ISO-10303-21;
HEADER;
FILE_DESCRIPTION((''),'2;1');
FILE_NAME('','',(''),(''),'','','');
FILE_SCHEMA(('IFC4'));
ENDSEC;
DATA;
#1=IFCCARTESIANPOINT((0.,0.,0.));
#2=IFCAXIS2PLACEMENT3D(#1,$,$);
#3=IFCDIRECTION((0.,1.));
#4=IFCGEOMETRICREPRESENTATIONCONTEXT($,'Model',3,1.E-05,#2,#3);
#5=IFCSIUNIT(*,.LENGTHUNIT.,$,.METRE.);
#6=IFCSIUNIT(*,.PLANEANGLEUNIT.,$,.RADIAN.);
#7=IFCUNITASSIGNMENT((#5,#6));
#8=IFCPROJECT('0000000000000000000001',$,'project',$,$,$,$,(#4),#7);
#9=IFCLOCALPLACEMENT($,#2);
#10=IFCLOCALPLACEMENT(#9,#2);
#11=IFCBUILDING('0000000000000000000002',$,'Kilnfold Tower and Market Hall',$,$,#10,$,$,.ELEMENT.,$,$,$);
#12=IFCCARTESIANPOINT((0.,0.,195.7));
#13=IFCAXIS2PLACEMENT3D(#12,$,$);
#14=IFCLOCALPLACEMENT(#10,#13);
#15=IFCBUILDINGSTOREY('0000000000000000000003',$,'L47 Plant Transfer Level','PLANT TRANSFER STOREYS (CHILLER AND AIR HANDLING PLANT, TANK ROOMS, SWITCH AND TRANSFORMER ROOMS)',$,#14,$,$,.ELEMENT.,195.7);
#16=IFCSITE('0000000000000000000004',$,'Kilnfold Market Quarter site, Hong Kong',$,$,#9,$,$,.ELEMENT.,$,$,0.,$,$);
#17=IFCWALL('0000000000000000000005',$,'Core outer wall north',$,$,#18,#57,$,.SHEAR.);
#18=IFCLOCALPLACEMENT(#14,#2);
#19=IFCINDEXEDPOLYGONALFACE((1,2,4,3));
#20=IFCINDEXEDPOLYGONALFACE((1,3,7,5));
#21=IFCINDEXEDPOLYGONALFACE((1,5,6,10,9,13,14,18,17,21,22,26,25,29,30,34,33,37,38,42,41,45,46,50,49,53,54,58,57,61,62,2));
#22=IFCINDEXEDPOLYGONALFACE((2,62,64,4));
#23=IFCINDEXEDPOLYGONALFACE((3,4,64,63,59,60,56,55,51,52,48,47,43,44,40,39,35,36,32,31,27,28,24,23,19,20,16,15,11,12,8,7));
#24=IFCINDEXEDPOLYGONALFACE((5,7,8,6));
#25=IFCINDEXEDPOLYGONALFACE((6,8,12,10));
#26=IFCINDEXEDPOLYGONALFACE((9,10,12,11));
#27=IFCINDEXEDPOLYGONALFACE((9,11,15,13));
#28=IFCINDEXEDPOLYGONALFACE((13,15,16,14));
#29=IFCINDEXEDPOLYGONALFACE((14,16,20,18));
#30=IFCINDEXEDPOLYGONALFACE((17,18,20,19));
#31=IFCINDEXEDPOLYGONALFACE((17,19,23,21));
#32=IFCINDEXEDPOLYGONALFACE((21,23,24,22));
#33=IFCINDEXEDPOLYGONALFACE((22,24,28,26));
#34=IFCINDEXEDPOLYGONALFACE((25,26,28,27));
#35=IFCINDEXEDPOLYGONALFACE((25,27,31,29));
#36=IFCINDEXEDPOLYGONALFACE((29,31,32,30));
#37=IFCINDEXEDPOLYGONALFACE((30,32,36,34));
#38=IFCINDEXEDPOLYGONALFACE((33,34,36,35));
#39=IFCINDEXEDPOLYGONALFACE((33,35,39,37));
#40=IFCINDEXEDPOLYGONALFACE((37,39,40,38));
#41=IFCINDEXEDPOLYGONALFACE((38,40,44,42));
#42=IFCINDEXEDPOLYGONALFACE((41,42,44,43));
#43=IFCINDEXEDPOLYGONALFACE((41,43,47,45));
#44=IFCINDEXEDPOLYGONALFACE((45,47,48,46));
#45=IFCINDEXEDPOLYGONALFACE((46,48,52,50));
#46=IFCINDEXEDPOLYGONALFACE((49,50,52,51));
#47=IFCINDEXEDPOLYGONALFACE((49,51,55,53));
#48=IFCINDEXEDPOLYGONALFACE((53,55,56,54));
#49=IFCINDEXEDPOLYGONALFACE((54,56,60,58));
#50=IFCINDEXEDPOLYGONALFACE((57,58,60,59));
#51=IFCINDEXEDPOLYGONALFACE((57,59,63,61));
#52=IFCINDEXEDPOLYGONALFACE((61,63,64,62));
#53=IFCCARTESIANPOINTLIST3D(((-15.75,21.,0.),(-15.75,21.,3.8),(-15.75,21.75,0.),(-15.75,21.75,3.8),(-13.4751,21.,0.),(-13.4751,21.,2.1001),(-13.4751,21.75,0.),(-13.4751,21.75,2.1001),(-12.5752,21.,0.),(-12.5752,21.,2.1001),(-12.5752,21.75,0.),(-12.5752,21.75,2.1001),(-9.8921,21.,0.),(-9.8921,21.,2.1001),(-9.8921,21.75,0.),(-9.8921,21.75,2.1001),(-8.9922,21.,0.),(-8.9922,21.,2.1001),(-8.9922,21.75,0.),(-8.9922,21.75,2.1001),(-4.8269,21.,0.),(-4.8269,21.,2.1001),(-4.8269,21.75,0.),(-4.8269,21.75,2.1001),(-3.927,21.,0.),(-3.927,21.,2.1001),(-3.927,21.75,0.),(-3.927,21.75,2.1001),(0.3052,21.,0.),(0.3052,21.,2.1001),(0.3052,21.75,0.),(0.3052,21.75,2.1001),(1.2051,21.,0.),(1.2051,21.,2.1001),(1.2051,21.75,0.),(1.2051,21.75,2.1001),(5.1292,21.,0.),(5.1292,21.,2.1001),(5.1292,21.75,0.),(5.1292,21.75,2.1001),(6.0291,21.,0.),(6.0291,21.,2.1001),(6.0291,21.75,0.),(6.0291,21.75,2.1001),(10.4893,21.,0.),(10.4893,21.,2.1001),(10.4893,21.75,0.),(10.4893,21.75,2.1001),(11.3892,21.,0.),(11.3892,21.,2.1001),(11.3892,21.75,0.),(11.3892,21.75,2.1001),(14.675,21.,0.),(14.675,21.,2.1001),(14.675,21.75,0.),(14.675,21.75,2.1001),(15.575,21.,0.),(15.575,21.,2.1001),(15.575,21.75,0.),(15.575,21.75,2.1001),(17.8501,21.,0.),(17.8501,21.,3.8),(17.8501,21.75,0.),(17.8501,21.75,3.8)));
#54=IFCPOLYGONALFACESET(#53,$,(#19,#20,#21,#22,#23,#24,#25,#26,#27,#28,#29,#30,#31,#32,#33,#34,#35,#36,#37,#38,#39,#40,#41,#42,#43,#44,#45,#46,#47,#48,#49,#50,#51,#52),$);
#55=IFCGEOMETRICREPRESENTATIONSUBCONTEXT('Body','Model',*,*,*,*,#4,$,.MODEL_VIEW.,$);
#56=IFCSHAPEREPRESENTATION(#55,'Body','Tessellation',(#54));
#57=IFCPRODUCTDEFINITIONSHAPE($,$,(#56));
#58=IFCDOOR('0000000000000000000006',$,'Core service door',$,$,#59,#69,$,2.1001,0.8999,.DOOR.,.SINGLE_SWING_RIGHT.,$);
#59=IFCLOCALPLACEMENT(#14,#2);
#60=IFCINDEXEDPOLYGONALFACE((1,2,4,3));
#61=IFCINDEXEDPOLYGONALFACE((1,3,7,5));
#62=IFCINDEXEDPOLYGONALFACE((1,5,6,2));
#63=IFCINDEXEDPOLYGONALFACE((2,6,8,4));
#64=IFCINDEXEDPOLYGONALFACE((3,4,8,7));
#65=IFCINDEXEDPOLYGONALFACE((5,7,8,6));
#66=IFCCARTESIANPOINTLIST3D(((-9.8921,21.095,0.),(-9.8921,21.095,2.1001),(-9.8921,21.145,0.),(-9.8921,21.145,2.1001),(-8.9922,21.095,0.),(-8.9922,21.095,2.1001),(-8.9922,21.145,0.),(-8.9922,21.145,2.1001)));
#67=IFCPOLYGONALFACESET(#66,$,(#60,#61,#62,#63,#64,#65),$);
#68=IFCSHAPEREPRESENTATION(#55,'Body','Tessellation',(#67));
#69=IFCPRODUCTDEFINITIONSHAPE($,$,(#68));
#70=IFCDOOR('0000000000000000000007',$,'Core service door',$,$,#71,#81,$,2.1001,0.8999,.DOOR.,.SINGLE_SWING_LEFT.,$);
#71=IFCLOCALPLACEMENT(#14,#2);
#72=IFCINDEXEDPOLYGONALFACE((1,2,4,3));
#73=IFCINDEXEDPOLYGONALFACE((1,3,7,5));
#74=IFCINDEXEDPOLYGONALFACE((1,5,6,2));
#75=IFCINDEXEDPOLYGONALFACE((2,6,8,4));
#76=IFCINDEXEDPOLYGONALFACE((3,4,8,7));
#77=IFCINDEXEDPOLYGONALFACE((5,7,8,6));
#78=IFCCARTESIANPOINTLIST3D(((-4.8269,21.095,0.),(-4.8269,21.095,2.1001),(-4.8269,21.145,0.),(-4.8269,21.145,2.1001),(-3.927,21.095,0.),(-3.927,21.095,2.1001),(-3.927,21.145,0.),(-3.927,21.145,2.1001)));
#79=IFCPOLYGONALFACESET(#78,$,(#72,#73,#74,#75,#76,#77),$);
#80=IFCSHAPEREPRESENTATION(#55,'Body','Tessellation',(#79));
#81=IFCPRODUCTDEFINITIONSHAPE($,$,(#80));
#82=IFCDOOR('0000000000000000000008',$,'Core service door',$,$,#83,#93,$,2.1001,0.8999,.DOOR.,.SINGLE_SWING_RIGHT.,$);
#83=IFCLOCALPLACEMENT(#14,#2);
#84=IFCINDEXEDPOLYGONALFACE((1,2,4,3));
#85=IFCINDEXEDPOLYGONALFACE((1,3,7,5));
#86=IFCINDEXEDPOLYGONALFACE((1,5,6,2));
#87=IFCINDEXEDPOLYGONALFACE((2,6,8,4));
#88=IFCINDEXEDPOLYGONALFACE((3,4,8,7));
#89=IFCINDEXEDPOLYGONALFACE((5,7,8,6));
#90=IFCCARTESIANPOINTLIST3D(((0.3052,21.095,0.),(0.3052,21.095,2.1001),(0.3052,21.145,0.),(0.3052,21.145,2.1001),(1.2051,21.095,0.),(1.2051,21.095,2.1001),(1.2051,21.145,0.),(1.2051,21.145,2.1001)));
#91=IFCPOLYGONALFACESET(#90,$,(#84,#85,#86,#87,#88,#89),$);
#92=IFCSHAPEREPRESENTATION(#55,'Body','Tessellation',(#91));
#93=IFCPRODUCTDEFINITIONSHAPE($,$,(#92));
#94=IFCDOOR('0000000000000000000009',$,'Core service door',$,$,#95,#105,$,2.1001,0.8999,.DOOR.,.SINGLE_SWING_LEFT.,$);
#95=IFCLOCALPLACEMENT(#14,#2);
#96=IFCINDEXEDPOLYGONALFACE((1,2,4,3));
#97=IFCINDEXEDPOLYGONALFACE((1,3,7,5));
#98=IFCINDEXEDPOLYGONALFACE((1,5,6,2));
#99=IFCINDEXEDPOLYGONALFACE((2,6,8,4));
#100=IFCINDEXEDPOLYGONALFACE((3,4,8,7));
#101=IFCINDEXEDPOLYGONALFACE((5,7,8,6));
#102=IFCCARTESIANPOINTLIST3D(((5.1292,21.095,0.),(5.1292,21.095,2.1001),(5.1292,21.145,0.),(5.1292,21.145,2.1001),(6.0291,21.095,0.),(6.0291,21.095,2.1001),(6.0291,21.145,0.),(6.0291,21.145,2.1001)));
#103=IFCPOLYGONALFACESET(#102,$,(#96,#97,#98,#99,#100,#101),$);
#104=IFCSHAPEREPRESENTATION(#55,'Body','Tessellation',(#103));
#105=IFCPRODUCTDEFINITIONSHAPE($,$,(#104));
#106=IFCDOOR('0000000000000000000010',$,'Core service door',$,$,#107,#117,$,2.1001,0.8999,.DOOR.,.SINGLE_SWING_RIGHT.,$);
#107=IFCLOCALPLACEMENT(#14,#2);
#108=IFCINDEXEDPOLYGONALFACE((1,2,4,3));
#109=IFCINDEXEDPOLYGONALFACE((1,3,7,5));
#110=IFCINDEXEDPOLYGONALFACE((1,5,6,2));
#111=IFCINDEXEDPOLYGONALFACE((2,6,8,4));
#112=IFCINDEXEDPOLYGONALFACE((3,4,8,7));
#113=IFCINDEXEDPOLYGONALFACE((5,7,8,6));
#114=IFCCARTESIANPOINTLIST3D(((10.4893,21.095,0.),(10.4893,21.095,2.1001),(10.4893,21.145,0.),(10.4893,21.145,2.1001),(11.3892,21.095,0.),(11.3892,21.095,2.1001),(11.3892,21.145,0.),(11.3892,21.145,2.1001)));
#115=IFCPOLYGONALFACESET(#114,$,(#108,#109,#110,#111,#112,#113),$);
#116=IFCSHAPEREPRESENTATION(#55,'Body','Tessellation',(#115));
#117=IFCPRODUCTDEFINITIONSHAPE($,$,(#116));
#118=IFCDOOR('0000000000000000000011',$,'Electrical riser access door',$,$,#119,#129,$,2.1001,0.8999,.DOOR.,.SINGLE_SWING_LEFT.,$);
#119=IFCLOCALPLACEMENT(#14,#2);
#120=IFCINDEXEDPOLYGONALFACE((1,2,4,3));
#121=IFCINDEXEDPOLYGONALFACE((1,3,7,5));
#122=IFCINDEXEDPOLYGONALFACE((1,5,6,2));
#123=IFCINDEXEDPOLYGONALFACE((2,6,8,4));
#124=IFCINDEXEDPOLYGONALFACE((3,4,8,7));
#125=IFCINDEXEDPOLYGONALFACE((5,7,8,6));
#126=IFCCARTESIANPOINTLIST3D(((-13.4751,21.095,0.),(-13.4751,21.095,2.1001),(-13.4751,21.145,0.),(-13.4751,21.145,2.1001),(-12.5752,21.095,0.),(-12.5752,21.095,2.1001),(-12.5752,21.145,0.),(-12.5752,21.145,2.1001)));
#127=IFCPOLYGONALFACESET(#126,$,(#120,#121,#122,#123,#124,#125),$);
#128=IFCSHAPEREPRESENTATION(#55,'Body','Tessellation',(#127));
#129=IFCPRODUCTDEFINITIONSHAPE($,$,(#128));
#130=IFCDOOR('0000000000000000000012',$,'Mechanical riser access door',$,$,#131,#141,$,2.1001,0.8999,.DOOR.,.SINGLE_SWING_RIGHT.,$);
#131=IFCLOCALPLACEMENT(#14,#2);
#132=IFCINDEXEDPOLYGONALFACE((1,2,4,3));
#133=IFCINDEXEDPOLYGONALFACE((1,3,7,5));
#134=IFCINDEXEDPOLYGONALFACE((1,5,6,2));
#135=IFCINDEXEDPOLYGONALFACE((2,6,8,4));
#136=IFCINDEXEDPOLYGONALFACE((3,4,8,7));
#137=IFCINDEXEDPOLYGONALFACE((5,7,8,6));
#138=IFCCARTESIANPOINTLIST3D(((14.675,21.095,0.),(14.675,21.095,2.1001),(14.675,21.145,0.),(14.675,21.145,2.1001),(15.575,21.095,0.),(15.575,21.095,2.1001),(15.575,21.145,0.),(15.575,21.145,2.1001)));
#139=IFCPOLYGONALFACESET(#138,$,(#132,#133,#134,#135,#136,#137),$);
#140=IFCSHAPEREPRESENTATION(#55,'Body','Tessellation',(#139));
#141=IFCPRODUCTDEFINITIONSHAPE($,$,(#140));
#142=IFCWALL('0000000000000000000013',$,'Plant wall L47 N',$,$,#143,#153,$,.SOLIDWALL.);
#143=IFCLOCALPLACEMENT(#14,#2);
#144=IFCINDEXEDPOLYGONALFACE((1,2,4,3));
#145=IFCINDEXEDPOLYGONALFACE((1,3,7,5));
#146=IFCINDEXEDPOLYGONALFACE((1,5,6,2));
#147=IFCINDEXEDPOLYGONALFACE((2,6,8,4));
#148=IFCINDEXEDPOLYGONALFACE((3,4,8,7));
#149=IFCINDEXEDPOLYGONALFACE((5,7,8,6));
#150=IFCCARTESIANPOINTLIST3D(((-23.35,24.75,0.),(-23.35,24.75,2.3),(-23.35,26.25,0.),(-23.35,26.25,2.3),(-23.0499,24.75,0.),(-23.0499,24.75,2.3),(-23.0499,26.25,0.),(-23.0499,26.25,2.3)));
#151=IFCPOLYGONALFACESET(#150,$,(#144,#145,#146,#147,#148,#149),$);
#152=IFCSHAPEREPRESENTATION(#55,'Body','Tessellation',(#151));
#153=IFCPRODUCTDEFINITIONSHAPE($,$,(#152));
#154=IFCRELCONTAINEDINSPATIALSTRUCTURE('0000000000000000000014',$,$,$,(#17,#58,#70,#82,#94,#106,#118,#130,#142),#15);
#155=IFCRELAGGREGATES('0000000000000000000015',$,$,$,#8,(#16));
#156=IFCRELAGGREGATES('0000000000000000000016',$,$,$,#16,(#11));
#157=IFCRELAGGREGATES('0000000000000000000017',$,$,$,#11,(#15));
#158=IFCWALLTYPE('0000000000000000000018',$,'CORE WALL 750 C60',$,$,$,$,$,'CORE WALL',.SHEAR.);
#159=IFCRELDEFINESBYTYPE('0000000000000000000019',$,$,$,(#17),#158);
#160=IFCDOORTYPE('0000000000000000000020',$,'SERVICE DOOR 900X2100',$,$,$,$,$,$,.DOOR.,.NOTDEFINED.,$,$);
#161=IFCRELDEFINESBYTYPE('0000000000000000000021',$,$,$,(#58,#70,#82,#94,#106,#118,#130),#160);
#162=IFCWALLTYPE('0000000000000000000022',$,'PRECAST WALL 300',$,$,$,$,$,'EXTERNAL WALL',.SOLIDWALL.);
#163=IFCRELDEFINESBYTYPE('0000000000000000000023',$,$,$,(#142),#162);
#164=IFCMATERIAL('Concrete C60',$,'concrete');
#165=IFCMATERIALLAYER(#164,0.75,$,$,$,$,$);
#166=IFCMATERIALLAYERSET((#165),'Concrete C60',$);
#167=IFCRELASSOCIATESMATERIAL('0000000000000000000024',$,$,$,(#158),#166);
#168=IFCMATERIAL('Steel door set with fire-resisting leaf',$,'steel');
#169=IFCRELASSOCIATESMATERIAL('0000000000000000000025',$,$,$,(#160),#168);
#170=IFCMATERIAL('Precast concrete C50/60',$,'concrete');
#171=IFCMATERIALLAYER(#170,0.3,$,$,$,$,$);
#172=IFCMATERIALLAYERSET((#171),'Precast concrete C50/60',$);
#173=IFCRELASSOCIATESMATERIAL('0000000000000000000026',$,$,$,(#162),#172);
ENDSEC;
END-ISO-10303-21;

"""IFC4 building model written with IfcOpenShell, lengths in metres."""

from ifc_helpers import new_model, si_unit, direction, frame, frame_2d, origin, place, context, subcontext, project, spatial, rectangle, extrude, source, transform, mapped, material, layer, layer_set, type_object, element, fill, save


model = new_model("IFC4")

# Units and contexts
model_context = context("Model", 3, precision=1e-05, world=origin(), true_north=direction((0.0, 1.0)))
body_context = subcontext(model_context, "Body", "Model", "MODEL_VIEW")
ifc_project = project(units=[si_unit("LENGTHUNIT", "METRE"), si_unit("PLANEANGLEUNIT", "RADIAN")], contexts=[model_context])

# Site, building, storey
site_placement = place(None, origin())
site = spatial("IfcSite", under=ifc_project, at=site_placement, Name="Kilnfold Market Quarter site, Hong Kong", CompositionType="ELEMENT", RefElevation=0.0)
building_placement = place(site_placement, origin())
building = spatial("IfcBuilding", under=site, at=building_placement, Name="Kilnfold Tower and Market Hall", CompositionType="ELEMENT")
storey_placement = place(building_placement, frame((0.0, 0.0, 195.7)))
storey = spatial("IfcBuildingStorey", under=building, at=storey_placement, Name="L47 Plant Transfer Level", Description="PLANT TRANSFER STOREYS (CHILLER AND AIR HANDLING PLANT, TANK ROOMS, SWITCH AND TRANSFORMER ROOMS)", CompositionType="ELEMENT", Elevation=195.7)

# Wall, openings, doors
ifc_material_1 = material(Name="Concrete C60", Category="concrete")
ifc_layer_1 = layer(ifc_material_1, 0.75)
ifc_layer_set_1 = layer_set([ifc_layer_1], Name="Concrete C60")
wall_type_1 = type_object("IfcWallType", Name="CORE WALL 750 C60", ElementType="CORE WALL", PredefinedType="SHEAR", material=ifc_layer_set_1)
shared_shape_1 = source(origin(), body_context, "Body", "SweptSolid", [
    extrude(rectangle(XDim=33.6001, YDim=0.75, at=frame_2d((16.8, 0.0))), origin(), (0.0, 0.0, 1.0), 3.8),
])
wall_1_placement = place(storey_placement, frame((-15.75, 21.375, 0.0), z_axis=(0.0, 0.0, 1.0), x_axis=(1.0, 0.0, 0.0)))
wall_1 = element("IfcWall", 1, at=wall_1_placement, inside=storey, type_object=wall_type_1, Name="Core outer wall north", PredefinedType="SHEAR", context=body_context, shape_type="MappedRepresentation", body=[
    mapped(shared_shape_1, transform((0.0, 0.0, 0.0))),
])
opening_1_placement = place(wall_1_placement, frame((5.8579, 0.0, 0.0)))
opening_1 = element("IfcOpeningElement", 2, at=opening_1_placement, cuts=wall_1, PredefinedType="OPENING", context=body_context, shape_type="SweptSolid", body=[
    extrude(rectangle(XDim=0.8999, YDim=2.1001, at=frame_2d((0.45, 1.05))), frame((0.0, 0.385, 0.0), z_axis=(0.0, -1.0, 0.0), x_axis=(1.0, 0.0, 0.0)), (0.0, 0.0, 1.0), 0.77),
])
opening_2_placement = place(wall_1_placement, frame((10.9231, 0.0, 0.0)))
opening_2 = element("IfcOpeningElement", 3, at=opening_2_placement, cuts=wall_1, PredefinedType="OPENING", context=body_context, shape_type="SweptSolid", body=[
    extrude(rectangle(XDim=0.8999, YDim=2.1001, at=frame_2d((0.45, 1.05))), frame((0.0, 0.385, 0.0), z_axis=(0.0, -1.0, 0.0), x_axis=(1.0, 0.0, 0.0)), (0.0, 0.0, 1.0), 0.77),
])
opening_3_placement = place(wall_1_placement, frame((16.0552, 0.0, 0.0)))
opening_3 = element("IfcOpeningElement", 4, at=opening_3_placement, cuts=wall_1, PredefinedType="OPENING", context=body_context, shape_type="SweptSolid", body=[
    extrude(rectangle(XDim=0.8999, YDim=2.1001, at=frame_2d((0.45, 1.05))), frame((0.0, 0.385, 0.0), z_axis=(0.0, -1.0, 0.0), x_axis=(1.0, 0.0, 0.0)), (0.0, 0.0, 1.0), 0.77),
])
opening_4_placement = place(wall_1_placement, frame((20.8792, 0.0, 0.0)))
opening_4 = element("IfcOpeningElement", 5, at=opening_4_placement, cuts=wall_1, PredefinedType="OPENING", context=body_context, shape_type="SweptSolid", body=[
    extrude(rectangle(XDim=0.8999, YDim=2.1001, at=frame_2d((0.45, 1.05))), frame((0.0, 0.385, 0.0), z_axis=(0.0, -1.0, 0.0), x_axis=(1.0, 0.0, 0.0)), (0.0, 0.0, 1.0), 0.77),
])
opening_5_placement = place(wall_1_placement, frame((26.2393, 0.0, 0.0)))
opening_5 = element("IfcOpeningElement", 6, at=opening_5_placement, cuts=wall_1, PredefinedType="OPENING", context=body_context, shape_type="SweptSolid", body=[
    extrude(rectangle(XDim=0.8999, YDim=2.1001, at=frame_2d((0.45, 1.05))), frame((0.0, 0.385, 0.0), z_axis=(0.0, -1.0, 0.0), x_axis=(1.0, 0.0, 0.0)), (0.0, 0.0, 1.0), 0.77),
])
opening_6_placement = place(wall_1_placement, frame((2.2749, 0.0, 0.0)))
opening_6 = element("IfcOpeningElement", 7, at=opening_6_placement, cuts=wall_1, PredefinedType="OPENING", context=body_context, shape_type="SweptSolid", body=[
    extrude(rectangle(XDim=0.8999, YDim=2.1001, at=frame_2d((0.45, 1.05))), frame((0.0, 0.385, 0.0), z_axis=(0.0, -1.0, 0.0), x_axis=(1.0, 0.0, 0.0)), (0.0, 0.0, 1.0), 0.77),
])
opening_7_placement = place(wall_1_placement, frame((30.425, 0.0, 0.0)))
opening_7 = element("IfcOpeningElement", 8, at=opening_7_placement, cuts=wall_1, PredefinedType="OPENING", context=body_context, shape_type="SweptSolid", body=[
    extrude(rectangle(XDim=0.8999, YDim=2.1001, at=frame_2d((0.45, 1.05))), frame((0.0, 0.385, 0.0), z_axis=(0.0, -1.0, 0.0), x_axis=(1.0, 0.0, 0.0)), (0.0, 0.0, 1.0), 0.77),
])
ifc_material_2 = material(Name="Steel door set with fire-resisting leaf", Category="steel")
door_type_1 = type_object("IfcDoorType", Name="SERVICE DOOR 900X2100", OperationType="NOTDEFINED", PredefinedType="DOOR", material=ifc_material_2)
door_1_placement = place(opening_1_placement, origin())
door_1 = element("IfcDoor", 9, at=door_1_placement, inside=storey, type_object=door_type_1, Name="Core service door", OperationType="SINGLE_SWING_RIGHT", OverallHeight=2.1001, OverallWidth=0.8999, PredefinedType="DOOR", context=body_context, shape_type="SweptSolid", body=[
    extrude(rectangle(XDim=0.8999, YDim=2.1001, at=frame_2d((0.45, 1.05))), frame((0.0, -0.23, 0.0), z_axis=(0.0, -1.0, 0.0), x_axis=(1.0, 0.0, 0.0)), (0.0, 0.0, 1.0), 0.05),
])
fill(opening_1, door_1)
door_2_placement = place(opening_2_placement, origin())
door_2 = element("IfcDoor", 10, at=door_2_placement, inside=storey, type_object=door_type_1, Name="Core service door", OperationType="SINGLE_SWING_LEFT", OverallHeight=2.1001, OverallWidth=0.8999, PredefinedType="DOOR", context=body_context, shape_type="SweptSolid", body=[
    extrude(rectangle(XDim=0.8999, YDim=2.1001, at=frame_2d((0.45, 1.05))), frame((0.0, -0.23, 0.0), z_axis=(0.0, -1.0, 0.0), x_axis=(1.0, 0.0, 0.0)), (0.0, 0.0, 1.0), 0.05),
])
fill(opening_2, door_2)
door_3_placement = place(opening_3_placement, origin())
door_3 = element("IfcDoor", 11, at=door_3_placement, inside=storey, type_object=door_type_1, Name="Core service door", OperationType="SINGLE_SWING_RIGHT", OverallHeight=2.1001, OverallWidth=0.8999, PredefinedType="DOOR", context=body_context, shape_type="SweptSolid", body=[
    extrude(rectangle(XDim=0.8999, YDim=2.1001, at=frame_2d((0.45, 1.05))), frame((0.0, -0.23, 0.0), z_axis=(0.0, -1.0, 0.0), x_axis=(1.0, 0.0, 0.0)), (0.0, 0.0, 1.0), 0.05),
])
fill(opening_3, door_3)
door_4_placement = place(opening_4_placement, origin())
door_4 = element("IfcDoor", 12, at=door_4_placement, inside=storey, type_object=door_type_1, Name="Core service door", OperationType="SINGLE_SWING_LEFT", OverallHeight=2.1001, OverallWidth=0.8999, PredefinedType="DOOR", context=body_context, shape_type="SweptSolid", body=[
    extrude(rectangle(XDim=0.8999, YDim=2.1001, at=frame_2d((0.45, 1.05))), frame((0.0, -0.23, 0.0), z_axis=(0.0, -1.0, 0.0), x_axis=(1.0, 0.0, 0.0)), (0.0, 0.0, 1.0), 0.05),
])
fill(opening_4, door_4)
door_5_placement = place(opening_5_placement, origin())
door_5 = element("IfcDoor", 13, at=door_5_placement, inside=storey, type_object=door_type_1, Name="Core service door", OperationType="SINGLE_SWING_RIGHT", OverallHeight=2.1001, OverallWidth=0.8999, PredefinedType="DOOR", context=body_context, shape_type="SweptSolid", body=[
    extrude(rectangle(XDim=0.8999, YDim=2.1001, at=frame_2d((0.45, 1.05))), frame((0.0, -0.23, 0.0), z_axis=(0.0, -1.0, 0.0), x_axis=(1.0, 0.0, 0.0)), (0.0, 0.0, 1.0), 0.05),
])
fill(opening_5, door_5)
door_6_placement = place(opening_6_placement, origin())
door_6 = element("IfcDoor", 14, at=door_6_placement, inside=storey, type_object=door_type_1, Name="Electrical riser access door", OperationType="SINGLE_SWING_LEFT", OverallHeight=2.1001, OverallWidth=0.8999, PredefinedType="DOOR", context=body_context, shape_type="SweptSolid", body=[
    extrude(rectangle(XDim=0.8999, YDim=2.1001, at=frame_2d((0.45, 1.05))), frame((0.0, -0.23, 0.0), z_axis=(0.0, -1.0, 0.0), x_axis=(1.0, 0.0, 0.0)), (0.0, 0.0, 1.0), 0.05),
])
fill(opening_6, door_6)
door_7_placement = place(opening_7_placement, origin())
door_7 = element("IfcDoor", 15, at=door_7_placement, inside=storey, type_object=door_type_1, Name="Mechanical riser access door", OperationType="SINGLE_SWING_RIGHT", OverallHeight=2.1001, OverallWidth=0.8999, PredefinedType="DOOR", context=body_context, shape_type="SweptSolid", body=[
    extrude(rectangle(XDim=0.8999, YDim=2.1001, at=frame_2d((0.45, 1.05))), frame((0.0, -0.23, 0.0), z_axis=(0.0, -1.0, 0.0), x_axis=(1.0, 0.0, 0.0)), (0.0, 0.0, 1.0), 0.05),
])
fill(opening_7, door_7)

# Wall
ifc_material_3 = material(Name="Precast concrete C50/60", Category="concrete")
ifc_layer_2 = layer(ifc_material_3, 0.3)
ifc_layer_set_2 = layer_set([ifc_layer_2], Name="Precast concrete C50/60")
wall_type_2 = type_object("IfcWallType", Name="PRECAST WALL 300", ElementType="EXTERNAL WALL", PredefinedType="SOLIDWALL", material=ifc_layer_set_2)
shared_shape_2 = source(origin(), body_context, "Body", "SweptSolid", [
    extrude(rectangle(XDim=1.5, YDim=0.3, at=frame_2d((0.75, 0.0))), origin(), (0.0, 0.0, 1.0), 2.3),
])
wall_2_placement = place(storey_placement, frame((-23.2, 26.25, 0.0), z_axis=(0.0, 0.0, 1.0), x_axis=(0.0, -1.0, 0.0)))
element("IfcWall", 16, at=wall_2_placement, inside=storey, type_object=wall_type_2, Name="Plant wall L47 N", PredefinedType="SOLIDWALL", context=body_context, shape_type="MappedRepresentation", body=[
    mapped(shared_shape_2, transform((0.0, 0.0, 0.0))),
])

save(model, "model.ifc")
